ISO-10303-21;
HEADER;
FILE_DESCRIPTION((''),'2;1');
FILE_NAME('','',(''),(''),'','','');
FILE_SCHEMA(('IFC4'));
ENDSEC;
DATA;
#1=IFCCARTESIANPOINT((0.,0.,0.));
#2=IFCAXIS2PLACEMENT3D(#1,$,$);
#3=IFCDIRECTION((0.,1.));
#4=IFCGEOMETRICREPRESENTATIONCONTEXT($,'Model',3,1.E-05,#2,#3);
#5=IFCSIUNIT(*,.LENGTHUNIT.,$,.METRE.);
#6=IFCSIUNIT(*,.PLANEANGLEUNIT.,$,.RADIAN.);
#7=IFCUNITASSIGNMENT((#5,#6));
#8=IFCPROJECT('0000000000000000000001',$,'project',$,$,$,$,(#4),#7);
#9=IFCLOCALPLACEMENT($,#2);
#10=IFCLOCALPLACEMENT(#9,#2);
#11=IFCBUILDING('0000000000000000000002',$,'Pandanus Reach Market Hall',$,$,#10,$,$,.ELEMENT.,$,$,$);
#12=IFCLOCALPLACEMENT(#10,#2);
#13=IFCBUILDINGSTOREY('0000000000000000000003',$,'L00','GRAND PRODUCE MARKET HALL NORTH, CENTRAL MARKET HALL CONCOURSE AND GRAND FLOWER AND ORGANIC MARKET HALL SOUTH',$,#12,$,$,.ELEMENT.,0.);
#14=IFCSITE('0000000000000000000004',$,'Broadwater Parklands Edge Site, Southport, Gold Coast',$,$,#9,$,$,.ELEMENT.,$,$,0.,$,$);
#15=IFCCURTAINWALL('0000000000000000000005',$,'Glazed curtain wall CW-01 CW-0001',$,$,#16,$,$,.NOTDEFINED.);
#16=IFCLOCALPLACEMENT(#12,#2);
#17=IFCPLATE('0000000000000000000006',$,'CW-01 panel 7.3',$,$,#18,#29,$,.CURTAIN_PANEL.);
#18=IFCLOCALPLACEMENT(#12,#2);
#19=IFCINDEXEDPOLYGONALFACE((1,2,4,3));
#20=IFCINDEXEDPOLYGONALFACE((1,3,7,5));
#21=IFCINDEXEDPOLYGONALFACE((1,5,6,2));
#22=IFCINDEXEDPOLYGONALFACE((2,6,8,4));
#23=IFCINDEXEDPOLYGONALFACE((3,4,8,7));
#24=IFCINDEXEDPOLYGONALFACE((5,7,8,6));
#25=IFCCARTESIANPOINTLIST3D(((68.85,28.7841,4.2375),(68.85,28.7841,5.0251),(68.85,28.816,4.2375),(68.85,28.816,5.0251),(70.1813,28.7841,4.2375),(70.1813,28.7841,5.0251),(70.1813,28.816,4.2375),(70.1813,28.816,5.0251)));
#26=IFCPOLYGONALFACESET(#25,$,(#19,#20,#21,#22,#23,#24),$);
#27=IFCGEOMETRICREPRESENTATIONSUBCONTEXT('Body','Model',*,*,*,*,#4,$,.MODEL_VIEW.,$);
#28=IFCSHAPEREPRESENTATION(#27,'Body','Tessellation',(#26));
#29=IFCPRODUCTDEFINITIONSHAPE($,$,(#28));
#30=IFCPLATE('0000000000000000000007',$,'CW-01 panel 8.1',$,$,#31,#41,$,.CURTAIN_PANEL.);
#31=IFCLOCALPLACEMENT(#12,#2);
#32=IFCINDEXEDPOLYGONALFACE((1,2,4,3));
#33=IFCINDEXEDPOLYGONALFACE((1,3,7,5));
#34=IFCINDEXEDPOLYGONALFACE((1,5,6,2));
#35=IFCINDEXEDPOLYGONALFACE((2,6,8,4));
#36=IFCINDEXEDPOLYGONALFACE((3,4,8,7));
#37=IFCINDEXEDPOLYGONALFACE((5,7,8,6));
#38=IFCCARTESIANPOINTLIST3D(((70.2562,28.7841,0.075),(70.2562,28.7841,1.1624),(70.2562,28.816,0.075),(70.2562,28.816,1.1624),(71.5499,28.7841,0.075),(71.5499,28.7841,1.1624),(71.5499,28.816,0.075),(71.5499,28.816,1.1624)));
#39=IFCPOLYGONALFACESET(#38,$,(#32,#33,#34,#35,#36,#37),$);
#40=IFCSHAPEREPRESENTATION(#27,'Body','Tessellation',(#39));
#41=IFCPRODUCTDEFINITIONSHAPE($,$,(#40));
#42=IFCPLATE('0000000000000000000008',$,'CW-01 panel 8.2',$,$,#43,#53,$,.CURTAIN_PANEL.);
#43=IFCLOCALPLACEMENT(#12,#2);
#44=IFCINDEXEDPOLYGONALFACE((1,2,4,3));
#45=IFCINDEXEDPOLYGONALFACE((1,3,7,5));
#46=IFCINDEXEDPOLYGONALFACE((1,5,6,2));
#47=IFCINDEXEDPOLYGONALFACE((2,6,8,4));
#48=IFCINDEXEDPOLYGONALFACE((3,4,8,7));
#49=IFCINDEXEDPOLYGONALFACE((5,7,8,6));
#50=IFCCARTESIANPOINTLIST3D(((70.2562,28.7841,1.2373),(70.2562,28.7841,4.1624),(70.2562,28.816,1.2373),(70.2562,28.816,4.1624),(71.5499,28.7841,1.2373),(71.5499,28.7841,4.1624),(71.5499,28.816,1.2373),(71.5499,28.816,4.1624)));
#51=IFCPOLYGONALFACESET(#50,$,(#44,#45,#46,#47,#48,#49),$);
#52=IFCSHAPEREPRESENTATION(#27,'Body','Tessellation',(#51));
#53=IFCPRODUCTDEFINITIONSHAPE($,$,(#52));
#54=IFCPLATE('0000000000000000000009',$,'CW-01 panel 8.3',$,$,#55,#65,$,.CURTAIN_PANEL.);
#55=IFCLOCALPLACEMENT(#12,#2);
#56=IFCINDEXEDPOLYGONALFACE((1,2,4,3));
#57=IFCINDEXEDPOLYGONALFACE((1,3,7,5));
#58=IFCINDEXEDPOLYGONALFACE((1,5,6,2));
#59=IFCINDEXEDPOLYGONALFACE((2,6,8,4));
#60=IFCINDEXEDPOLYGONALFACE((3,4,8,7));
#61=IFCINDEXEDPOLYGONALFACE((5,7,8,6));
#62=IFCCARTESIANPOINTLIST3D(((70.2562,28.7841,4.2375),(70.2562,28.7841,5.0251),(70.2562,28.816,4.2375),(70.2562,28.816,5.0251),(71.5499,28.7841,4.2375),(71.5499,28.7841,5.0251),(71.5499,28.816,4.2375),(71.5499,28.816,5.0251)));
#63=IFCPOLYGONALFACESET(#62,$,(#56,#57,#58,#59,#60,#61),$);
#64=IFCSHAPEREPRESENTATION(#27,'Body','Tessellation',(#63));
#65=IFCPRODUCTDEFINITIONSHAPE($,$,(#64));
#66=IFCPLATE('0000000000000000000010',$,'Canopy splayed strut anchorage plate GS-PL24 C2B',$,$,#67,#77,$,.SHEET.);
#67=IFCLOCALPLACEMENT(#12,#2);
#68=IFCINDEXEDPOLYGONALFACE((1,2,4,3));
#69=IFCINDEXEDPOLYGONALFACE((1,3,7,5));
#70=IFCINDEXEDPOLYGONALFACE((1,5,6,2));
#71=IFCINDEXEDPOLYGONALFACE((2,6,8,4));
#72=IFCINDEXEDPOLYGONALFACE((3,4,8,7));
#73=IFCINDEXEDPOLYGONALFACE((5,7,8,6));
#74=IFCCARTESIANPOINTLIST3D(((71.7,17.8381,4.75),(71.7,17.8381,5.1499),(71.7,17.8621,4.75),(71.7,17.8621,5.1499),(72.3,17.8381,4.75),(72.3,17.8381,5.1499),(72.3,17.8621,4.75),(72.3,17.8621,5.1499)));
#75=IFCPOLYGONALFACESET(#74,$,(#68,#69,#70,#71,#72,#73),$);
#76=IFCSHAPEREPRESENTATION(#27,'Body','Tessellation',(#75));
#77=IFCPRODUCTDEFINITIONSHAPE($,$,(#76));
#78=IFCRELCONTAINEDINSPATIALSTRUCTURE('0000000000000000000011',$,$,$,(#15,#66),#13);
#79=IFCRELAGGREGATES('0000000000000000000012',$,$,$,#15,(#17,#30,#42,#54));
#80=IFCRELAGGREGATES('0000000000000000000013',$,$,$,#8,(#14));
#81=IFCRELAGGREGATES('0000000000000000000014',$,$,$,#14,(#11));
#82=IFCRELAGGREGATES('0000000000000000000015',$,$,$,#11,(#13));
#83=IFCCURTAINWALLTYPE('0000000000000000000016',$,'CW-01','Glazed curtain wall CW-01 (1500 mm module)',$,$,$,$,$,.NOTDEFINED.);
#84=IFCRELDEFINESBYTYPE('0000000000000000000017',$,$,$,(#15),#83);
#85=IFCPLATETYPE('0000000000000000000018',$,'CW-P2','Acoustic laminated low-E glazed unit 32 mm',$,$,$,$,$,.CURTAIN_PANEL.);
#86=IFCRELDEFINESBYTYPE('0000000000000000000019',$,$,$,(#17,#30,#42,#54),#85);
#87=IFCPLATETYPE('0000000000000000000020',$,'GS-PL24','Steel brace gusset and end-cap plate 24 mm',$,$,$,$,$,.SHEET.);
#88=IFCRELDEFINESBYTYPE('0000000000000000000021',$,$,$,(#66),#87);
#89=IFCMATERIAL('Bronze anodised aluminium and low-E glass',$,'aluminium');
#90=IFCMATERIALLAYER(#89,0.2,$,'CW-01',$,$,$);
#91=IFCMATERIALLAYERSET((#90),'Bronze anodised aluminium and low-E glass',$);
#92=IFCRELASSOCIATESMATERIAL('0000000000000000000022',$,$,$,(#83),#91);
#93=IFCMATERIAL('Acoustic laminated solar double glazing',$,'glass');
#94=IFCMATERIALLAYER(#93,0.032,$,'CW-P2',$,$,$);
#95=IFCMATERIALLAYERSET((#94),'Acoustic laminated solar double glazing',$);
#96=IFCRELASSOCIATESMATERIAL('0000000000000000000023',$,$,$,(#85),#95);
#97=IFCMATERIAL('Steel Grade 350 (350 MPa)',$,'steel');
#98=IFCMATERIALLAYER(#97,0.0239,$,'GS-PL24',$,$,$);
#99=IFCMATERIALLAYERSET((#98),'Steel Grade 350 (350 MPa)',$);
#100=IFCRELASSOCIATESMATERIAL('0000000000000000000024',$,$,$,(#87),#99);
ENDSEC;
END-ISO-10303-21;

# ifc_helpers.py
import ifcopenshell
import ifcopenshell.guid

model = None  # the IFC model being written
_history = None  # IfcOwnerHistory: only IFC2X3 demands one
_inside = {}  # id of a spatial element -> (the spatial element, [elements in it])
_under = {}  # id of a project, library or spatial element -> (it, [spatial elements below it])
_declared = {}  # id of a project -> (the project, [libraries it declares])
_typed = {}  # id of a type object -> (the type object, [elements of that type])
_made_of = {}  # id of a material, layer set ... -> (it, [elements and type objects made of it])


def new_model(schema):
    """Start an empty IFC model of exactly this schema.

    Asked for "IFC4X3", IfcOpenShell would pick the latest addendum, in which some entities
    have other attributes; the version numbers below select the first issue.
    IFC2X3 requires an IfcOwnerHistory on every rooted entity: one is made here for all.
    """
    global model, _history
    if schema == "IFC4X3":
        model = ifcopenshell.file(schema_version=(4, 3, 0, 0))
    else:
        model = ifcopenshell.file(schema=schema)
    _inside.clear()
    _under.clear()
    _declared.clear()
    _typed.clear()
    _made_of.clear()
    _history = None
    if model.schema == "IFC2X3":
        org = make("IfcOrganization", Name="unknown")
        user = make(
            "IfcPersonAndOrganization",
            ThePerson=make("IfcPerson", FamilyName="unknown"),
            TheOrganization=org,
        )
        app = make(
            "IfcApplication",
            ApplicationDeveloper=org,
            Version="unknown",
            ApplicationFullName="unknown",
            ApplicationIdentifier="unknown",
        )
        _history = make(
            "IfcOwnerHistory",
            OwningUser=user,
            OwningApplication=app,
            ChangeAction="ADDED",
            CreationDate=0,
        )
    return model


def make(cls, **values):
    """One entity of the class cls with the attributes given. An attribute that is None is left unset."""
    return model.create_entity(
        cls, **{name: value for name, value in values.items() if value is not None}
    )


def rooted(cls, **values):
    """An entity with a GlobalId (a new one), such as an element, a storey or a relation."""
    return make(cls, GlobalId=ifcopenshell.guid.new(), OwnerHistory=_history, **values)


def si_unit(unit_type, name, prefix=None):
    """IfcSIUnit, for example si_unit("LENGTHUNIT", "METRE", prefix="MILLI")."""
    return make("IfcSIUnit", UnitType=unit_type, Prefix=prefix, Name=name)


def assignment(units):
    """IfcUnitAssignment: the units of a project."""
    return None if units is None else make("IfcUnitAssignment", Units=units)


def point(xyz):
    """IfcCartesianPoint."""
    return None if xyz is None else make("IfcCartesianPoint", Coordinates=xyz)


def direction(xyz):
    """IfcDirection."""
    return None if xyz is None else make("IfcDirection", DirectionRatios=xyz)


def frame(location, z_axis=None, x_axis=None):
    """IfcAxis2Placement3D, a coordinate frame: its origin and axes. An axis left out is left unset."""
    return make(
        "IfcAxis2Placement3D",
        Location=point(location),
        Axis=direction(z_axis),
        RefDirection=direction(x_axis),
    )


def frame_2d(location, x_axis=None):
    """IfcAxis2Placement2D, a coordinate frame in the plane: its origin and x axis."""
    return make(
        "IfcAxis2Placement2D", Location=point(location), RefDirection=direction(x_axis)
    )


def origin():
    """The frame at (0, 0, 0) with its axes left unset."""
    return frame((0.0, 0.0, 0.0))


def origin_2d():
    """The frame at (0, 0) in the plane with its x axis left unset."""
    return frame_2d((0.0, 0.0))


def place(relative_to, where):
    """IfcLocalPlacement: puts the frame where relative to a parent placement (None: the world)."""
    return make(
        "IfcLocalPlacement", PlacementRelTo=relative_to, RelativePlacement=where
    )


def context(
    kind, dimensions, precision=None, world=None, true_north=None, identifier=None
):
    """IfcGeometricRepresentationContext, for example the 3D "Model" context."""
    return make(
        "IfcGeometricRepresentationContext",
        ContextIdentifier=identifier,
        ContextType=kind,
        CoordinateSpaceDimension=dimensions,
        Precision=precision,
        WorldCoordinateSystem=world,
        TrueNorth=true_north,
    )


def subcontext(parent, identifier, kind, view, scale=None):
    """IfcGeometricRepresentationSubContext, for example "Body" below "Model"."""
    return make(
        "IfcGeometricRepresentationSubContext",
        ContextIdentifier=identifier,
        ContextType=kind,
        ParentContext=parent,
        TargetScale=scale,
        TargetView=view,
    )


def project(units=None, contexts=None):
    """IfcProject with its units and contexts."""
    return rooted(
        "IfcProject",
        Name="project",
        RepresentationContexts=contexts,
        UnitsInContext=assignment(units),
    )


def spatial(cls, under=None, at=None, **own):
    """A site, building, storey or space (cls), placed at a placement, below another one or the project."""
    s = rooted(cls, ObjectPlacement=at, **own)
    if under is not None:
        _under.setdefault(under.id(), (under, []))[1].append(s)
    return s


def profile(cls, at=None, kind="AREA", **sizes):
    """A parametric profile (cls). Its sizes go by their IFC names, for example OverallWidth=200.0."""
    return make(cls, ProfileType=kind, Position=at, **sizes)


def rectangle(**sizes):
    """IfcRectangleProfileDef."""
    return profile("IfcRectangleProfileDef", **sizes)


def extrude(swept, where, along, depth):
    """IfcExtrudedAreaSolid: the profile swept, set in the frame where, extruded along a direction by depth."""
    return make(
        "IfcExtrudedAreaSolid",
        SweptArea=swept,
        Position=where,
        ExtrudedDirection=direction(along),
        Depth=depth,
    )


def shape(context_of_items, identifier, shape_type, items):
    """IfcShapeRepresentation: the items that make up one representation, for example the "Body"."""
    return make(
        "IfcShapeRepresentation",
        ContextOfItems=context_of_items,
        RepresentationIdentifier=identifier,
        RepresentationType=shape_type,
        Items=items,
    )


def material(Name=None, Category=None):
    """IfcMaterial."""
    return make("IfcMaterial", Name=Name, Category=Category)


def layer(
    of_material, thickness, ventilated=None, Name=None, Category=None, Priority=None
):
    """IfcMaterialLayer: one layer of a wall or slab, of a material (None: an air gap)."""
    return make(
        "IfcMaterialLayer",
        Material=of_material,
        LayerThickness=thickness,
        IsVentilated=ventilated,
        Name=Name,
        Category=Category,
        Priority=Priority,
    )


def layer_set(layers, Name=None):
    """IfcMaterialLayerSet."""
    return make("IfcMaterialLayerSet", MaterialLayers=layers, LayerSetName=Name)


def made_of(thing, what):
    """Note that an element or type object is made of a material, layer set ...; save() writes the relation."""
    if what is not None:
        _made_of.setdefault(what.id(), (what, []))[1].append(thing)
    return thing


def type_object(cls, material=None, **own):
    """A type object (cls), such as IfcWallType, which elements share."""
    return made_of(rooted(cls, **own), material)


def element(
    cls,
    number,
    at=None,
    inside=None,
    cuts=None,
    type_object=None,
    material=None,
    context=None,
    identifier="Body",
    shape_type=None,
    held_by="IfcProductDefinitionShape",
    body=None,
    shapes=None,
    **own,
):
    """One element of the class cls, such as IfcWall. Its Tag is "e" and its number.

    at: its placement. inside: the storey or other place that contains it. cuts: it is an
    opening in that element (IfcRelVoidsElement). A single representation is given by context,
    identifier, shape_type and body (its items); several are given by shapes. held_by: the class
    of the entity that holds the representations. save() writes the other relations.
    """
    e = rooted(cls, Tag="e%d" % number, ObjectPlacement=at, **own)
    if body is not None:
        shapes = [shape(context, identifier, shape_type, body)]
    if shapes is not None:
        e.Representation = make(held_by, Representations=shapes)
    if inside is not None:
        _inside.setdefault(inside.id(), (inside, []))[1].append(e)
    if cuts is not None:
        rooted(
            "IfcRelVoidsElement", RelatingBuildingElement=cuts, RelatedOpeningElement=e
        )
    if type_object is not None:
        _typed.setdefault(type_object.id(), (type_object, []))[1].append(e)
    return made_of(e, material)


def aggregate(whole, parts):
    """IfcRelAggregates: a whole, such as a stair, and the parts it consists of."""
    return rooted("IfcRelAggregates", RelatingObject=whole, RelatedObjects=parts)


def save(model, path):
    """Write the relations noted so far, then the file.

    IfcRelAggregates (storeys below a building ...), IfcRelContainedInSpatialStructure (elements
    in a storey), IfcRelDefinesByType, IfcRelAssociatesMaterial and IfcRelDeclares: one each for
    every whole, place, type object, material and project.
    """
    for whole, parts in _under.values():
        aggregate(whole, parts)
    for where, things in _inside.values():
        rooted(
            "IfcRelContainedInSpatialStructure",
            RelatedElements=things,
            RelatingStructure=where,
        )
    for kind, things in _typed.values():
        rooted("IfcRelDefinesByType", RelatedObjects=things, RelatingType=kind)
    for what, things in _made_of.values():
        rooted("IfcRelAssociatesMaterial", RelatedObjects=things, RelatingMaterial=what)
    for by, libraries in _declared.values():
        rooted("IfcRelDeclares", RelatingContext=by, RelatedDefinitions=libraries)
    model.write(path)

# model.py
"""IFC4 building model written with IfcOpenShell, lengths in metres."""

from ifc_helpers import new_model, si_unit, direction, frame, origin, origin_2d, place, context, subcontext, project, spatial, rectangle, extrude, material, layer, layer_set, type_object, element, aggregate, save


model = new_model("IFC4")

# Units and contexts
model_context = context("Model", 3, precision=1e-05, world=origin(), true_north=direction((0.0, 1.0)))
body_context = subcontext(model_context, "Body", "Model", "MODEL_VIEW")
ifc_project = project(units=[si_unit("LENGTHUNIT", "METRE"), si_unit("PLANEANGLEUNIT", "RADIAN")], contexts=[model_context])

# Site, building, storey
site_placement = place(None, origin())
site = spatial("IfcSite", under=ifc_project, at=site_placement, Name="Broadwater Parklands Edge Site, Southport, Gold Coast", CompositionType="ELEMENT", RefElevation=0.0)
building_placement = place(site_placement, origin())
building = spatial("IfcBuilding", under=site, at=building_placement, Name="Pandanus Reach Market Hall", CompositionType="ELEMENT")
storey_placement = place(building_placement, origin())
storey = spatial("IfcBuildingStorey", under=building, at=storey_placement, Name="L00", Description="GRAND PRODUCE MARKET HALL NORTH, CENTRAL MARKET HALL CONCOURSE AND GRAND FLOWER AND ORGANIC MARKET HALL SOUTH", CompositionType="ELEMENT", Elevation=0.0)

# Shared definitions
ifc_material_1 = material(Name="Steel Grade 350 (350 MPa)", Category="steel")

# Curtain wall
ifc_material_2 = material(Name="Bronze anodised aluminium and low-E glass", Category="aluminium")
ifc_layer_1 = layer(ifc_material_2, 0.2, Name="CW-01")
ifc_layer_set_1 = layer_set([ifc_layer_1], Name="Bronze anodised aluminium and low-E glass")
curtain_wall_type = type_object("IfcCurtainWallType", Name="CW-01", Description="Glazed curtain wall CW-01 (1500 mm module)", PredefinedType="NOTDEFINED", material=ifc_layer_set_1)
curtain_wall_placement = place(storey_placement, origin())
curtain_wall = element("IfcCurtainWall", 1, at=curtain_wall_placement, inside=storey, type_object=curtain_wall_type, Name="Glazed curtain wall CW-01 CW-0001", PredefinedType="NOTDEFINED")

# Plates
ifc_material_3 = material(Name="Acoustic laminated solar double glazing", Category="glass")
ifc_layer_2 = layer(ifc_material_3, 0.032, Name="CW-P2")
ifc_layer_set_2 = layer_set([ifc_layer_2], Name="Acoustic laminated solar double glazing")
plate_type_1 = type_object("IfcPlateType", Name="CW-P2", Description="Acoustic laminated low-E glazed unit 32 mm", PredefinedType="CURTAIN_PANEL", material=ifc_layer_set_2)
plate_1_placement = place(storey_placement, frame((69.5156, 28.8, 4.2375), z_axis=(0.0, 0.0, 1.0), x_axis=(1.0, 0.0, 0.0)))
plate_1 = element("IfcPlate", 2, at=plate_1_placement, type_object=plate_type_1, Name="CW-01 panel 7.3", PredefinedType="CURTAIN_PANEL", context=body_context, shape_type="SweptSolid", body=[
    extrude(rectangle(XDim=1.3313, YDim=0.032, at=origin_2d()), origin(), (0.0, 0.0, 1.0), 0.7876),
])
plate_2_placement = place(storey_placement, frame((70.9031, 28.8, 0.075), z_axis=(0.0, 0.0, 1.0), x_axis=(1.0, 0.0, 0.0)))
plate_2 = element("IfcPlate", 3, at=plate_2_placement, type_object=plate_type_1, Name="CW-01 panel 8.1", PredefinedType="CURTAIN_PANEL", context=body_context, shape_type="SweptSolid", body=[
    extrude(rectangle(XDim=1.2937, YDim=0.032, at=origin_2d()), origin(), (0.0, 0.0, 1.0), 1.0874),
])
plate_3_placement = place(storey_placement, frame((70.9031, 28.8, 1.2373), z_axis=(0.0, 0.0, 1.0), x_axis=(1.0, 0.0, 0.0)))
plate_3 = element("IfcPlate", 4, at=plate_3_placement, type_object=plate_type_1, Name="CW-01 panel 8.2", PredefinedType="CURTAIN_PANEL", context=body_context, shape_type="SweptSolid", body=[
    extrude(rectangle(XDim=1.2937, YDim=0.032, at=origin_2d()), origin(), (0.0, 0.0, 1.0), 2.925),
])
plate_4_placement = place(storey_placement, frame((70.9031, 28.8, 4.2375), z_axis=(0.0, 0.0, 1.0), x_axis=(1.0, 0.0, 0.0)))
plate_4 = element("IfcPlate", 5, at=plate_4_placement, type_object=plate_type_1, Name="CW-01 panel 8.3", PredefinedType="CURTAIN_PANEL", context=body_context, shape_type="SweptSolid", body=[
    extrude(rectangle(XDim=1.2937, YDim=0.032, at=origin_2d()), origin(), (0.0, 0.0, 1.0), 0.7876),
])
aggregate(curtain_wall, [plate_1, plate_2, plate_3, plate_4])
ifc_layer_3 = layer(ifc_material_1, 0.0239, Name="GS-PL24")
ifc_layer_set_3 = layer_set([ifc_layer_3], Name="Steel Grade 350 (350 MPa)")
plate_type_2 = type_object("IfcPlateType", Name="GS-PL24", Description="Steel brace gusset and end-cap plate 24 mm", PredefinedType="SHEET", material=ifc_layer_set_3)
plate_5_placement = place(storey_placement, frame((72.0, 17.8501, 4.75), z_axis=(0.0, 0.0, 1.0), x_axis=(1.0, 0.0, 0.0)))
element("IfcPlate", 6, at=plate_5_placement, inside=storey, type_object=plate_type_2, Name="Canopy splayed strut anchorage plate GS-PL24 C2B", PredefinedType="SHEET", context=body_context, shape_type="SweptSolid", body=[
    extrude(rectangle(XDim=0.6001, YDim=0.0239, at=origin_2d()), origin(), (0.0, 0.0, 1.0), 0.3999),
])

save(model, "model.ifc")
